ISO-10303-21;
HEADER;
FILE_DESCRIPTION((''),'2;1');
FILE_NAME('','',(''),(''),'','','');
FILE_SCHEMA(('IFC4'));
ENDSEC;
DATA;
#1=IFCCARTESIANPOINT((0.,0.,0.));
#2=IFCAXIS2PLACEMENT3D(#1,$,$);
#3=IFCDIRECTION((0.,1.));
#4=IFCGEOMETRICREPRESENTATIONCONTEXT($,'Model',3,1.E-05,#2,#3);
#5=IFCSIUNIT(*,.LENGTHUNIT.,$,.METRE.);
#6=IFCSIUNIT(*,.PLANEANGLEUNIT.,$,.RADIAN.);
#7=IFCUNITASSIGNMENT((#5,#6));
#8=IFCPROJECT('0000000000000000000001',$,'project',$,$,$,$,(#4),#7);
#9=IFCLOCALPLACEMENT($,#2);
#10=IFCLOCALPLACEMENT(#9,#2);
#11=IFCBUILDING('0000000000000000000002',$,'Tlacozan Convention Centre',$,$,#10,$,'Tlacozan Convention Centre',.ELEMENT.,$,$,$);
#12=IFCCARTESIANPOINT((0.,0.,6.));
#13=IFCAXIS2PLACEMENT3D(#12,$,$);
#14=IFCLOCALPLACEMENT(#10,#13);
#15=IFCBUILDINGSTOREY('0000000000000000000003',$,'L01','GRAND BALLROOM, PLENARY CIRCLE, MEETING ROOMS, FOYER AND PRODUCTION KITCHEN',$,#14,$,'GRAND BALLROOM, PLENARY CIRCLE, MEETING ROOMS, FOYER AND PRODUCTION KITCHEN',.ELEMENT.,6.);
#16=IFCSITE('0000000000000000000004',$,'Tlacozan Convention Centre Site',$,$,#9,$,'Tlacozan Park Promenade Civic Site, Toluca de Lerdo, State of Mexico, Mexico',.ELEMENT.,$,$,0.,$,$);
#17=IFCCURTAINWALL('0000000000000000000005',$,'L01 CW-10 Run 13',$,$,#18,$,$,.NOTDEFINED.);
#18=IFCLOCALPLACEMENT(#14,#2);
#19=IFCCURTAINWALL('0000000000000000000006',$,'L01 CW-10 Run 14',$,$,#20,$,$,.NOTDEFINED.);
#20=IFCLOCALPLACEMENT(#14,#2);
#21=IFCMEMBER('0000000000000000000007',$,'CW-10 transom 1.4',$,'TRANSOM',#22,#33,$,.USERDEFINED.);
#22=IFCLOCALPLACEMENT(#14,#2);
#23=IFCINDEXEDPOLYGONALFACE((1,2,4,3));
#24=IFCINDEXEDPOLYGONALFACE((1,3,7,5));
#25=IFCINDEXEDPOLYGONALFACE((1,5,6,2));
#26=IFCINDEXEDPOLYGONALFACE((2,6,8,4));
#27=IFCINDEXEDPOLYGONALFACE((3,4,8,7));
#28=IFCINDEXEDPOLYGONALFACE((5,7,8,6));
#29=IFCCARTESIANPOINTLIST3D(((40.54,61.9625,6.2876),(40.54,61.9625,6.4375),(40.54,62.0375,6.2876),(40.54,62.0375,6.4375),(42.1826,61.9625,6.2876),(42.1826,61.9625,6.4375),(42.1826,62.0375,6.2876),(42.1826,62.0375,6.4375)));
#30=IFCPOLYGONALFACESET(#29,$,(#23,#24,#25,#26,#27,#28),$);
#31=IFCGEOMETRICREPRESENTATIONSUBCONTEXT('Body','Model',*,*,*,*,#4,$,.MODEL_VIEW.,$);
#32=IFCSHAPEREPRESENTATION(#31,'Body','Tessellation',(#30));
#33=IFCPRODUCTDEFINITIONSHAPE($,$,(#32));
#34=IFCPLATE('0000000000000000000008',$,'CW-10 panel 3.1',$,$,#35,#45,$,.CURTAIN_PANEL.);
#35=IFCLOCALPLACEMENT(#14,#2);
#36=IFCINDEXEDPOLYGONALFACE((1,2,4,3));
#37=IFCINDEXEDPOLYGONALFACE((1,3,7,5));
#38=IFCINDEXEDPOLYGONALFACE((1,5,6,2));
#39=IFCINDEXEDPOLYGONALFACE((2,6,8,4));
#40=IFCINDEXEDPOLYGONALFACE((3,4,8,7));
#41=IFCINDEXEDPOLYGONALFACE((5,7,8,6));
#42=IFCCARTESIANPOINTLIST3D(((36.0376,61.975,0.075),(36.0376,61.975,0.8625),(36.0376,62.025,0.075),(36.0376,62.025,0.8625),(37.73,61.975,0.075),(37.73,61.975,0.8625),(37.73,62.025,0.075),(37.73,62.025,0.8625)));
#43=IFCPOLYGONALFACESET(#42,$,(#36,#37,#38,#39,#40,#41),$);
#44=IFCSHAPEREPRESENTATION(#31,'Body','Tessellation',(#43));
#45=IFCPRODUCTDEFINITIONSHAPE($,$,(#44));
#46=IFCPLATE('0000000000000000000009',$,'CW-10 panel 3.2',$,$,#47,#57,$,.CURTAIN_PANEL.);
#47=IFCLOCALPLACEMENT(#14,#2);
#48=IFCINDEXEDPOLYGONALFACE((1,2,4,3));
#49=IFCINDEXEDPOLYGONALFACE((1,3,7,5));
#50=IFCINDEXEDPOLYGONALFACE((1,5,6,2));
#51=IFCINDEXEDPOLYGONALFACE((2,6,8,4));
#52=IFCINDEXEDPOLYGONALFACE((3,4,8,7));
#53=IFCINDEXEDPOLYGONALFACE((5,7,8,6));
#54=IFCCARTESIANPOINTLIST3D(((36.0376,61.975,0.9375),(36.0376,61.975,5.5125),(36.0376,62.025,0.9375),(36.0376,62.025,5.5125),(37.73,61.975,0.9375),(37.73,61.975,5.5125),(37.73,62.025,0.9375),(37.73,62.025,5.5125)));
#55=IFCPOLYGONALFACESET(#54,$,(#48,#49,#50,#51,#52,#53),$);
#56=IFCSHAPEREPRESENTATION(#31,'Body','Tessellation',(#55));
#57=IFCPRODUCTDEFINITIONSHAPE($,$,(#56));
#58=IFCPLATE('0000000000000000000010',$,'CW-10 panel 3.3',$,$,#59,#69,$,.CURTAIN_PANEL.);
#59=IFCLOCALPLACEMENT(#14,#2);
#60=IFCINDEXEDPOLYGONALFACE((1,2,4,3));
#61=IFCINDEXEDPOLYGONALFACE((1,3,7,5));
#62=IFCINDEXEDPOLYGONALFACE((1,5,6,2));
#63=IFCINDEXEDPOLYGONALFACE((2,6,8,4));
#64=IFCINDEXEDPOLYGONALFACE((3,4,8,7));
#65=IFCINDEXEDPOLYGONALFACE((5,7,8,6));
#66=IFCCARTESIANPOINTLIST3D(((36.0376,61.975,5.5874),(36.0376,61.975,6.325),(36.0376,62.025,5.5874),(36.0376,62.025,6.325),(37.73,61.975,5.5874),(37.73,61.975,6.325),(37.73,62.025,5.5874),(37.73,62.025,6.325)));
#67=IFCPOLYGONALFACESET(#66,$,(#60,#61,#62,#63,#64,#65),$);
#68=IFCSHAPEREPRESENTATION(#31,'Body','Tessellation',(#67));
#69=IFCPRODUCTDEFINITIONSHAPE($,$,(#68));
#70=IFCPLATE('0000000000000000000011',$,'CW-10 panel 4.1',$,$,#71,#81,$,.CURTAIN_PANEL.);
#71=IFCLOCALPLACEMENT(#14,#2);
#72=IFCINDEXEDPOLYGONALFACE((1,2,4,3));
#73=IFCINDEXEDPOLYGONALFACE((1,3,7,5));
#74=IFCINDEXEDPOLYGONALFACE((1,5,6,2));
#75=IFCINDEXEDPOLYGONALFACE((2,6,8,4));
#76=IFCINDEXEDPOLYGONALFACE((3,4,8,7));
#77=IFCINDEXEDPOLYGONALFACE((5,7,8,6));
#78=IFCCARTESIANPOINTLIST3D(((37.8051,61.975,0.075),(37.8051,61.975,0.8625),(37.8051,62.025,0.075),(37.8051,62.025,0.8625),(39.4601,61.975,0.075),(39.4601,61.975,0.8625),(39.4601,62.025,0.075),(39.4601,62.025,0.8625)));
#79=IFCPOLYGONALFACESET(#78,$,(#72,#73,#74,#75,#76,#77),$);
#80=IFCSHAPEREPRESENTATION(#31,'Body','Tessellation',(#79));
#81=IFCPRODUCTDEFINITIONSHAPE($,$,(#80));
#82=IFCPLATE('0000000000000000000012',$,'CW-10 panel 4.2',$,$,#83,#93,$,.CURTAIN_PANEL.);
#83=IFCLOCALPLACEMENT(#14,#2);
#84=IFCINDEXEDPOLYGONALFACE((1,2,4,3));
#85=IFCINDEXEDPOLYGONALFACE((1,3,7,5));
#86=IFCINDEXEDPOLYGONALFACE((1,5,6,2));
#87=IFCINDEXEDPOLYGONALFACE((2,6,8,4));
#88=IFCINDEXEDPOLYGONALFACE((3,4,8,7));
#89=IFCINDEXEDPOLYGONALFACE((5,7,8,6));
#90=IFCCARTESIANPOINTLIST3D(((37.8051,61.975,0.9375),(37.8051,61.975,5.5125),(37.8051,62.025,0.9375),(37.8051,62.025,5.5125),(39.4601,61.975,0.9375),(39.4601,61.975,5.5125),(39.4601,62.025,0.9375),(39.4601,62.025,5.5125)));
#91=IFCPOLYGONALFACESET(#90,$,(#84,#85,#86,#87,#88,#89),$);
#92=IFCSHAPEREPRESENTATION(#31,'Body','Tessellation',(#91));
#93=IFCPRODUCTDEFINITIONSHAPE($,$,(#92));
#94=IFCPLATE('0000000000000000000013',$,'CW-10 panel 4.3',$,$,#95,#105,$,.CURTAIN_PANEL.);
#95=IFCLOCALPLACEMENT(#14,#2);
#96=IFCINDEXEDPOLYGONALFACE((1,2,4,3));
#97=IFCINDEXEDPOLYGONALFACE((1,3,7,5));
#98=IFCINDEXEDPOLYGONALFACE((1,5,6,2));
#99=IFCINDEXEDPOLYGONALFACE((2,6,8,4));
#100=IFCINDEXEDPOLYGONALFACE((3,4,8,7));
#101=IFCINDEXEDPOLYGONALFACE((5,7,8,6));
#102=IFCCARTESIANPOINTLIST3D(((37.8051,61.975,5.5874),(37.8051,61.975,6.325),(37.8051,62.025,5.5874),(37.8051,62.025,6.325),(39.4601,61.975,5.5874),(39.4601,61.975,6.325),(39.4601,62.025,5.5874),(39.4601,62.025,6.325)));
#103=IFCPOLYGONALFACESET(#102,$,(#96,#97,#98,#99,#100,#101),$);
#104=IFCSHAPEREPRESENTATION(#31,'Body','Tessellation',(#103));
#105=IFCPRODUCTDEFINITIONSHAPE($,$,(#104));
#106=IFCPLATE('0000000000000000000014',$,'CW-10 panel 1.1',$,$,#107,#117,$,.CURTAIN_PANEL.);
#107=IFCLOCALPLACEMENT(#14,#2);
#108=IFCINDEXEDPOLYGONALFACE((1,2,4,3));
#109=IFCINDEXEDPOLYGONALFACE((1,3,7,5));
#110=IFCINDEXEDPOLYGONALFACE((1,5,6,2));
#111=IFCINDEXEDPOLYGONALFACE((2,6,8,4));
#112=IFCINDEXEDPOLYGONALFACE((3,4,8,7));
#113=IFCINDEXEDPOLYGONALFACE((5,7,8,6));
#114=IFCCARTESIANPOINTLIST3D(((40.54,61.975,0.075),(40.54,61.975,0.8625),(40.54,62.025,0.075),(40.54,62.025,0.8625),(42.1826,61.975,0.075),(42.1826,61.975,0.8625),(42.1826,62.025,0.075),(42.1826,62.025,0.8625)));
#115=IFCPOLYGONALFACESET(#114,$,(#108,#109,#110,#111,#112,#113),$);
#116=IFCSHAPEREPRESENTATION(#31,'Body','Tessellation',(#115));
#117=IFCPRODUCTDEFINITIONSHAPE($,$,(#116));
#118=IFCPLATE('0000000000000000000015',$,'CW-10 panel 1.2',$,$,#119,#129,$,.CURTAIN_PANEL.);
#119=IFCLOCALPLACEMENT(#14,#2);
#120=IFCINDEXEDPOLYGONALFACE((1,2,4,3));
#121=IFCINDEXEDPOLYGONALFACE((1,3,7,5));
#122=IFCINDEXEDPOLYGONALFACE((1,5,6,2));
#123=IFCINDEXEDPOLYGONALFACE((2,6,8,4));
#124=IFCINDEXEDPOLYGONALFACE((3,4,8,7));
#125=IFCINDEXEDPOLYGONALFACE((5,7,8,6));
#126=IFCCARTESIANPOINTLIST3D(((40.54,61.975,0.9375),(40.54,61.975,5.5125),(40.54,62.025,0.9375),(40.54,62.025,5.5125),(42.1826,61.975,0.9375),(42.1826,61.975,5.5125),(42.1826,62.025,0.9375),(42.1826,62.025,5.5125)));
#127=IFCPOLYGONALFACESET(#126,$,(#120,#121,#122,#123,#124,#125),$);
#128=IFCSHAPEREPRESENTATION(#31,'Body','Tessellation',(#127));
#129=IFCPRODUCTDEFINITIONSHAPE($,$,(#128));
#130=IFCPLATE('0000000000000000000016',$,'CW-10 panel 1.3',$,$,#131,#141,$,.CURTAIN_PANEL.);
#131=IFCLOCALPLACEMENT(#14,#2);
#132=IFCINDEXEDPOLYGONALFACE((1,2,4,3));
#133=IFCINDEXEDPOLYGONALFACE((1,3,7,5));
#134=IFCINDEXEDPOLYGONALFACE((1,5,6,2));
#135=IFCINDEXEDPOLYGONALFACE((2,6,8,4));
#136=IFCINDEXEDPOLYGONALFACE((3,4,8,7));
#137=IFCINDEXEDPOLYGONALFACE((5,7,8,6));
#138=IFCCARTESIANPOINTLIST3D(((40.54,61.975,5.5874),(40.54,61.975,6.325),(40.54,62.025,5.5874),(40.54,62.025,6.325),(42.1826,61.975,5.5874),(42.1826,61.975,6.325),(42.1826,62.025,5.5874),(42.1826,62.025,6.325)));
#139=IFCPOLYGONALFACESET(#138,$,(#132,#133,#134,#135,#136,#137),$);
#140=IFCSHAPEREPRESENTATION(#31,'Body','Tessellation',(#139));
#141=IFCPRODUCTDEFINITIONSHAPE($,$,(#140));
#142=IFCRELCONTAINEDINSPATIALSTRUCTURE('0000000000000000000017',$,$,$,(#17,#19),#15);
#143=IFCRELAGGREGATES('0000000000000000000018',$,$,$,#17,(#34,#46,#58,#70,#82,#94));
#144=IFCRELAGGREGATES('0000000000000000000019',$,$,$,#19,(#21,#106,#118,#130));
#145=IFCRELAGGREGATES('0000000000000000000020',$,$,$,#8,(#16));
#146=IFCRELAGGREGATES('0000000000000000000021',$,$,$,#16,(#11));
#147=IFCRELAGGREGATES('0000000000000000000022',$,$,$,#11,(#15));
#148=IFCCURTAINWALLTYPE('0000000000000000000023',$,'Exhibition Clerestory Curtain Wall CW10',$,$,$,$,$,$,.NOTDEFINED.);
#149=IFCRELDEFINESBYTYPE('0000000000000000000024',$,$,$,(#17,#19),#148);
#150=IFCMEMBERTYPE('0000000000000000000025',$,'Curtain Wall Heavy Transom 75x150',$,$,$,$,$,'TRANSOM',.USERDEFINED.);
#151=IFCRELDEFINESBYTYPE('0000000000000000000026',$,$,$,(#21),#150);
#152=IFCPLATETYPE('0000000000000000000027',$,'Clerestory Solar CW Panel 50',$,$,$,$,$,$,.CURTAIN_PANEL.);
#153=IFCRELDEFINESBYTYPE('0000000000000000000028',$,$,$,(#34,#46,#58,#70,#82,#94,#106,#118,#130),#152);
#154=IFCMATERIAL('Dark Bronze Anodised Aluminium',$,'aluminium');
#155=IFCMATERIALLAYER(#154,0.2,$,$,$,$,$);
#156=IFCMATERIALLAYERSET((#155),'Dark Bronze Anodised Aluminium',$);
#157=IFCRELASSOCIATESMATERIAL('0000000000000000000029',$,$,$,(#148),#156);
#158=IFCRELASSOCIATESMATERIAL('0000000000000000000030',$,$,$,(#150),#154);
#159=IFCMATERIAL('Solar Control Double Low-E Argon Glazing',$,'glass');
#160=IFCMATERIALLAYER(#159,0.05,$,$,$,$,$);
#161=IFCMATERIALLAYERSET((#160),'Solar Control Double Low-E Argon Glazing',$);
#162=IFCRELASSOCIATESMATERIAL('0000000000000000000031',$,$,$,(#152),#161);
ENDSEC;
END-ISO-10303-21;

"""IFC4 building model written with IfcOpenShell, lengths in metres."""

from ifc_helpers import new_model, si_unit, direction, frame, origin, origin_2d, place, context, subcontext, project, spatial, rectangle, extrude, material, layer, layer_set, material_profile, profile_set, type_object, element, aggregate, save


model = new_model("IFC4")

# Units and contexts
model_context = context("Model", 3, precision=1e-05, world=origin(), true_north=direction((0.0, 1.0)))
body_context = subcontext(model_context, "Body", "Model", "MODEL_VIEW")
ifc_project = project(units=[si_unit("LENGTHUNIT", "METRE"), si_unit("PLANEANGLEUNIT", "RADIAN")], contexts=[model_context])

# Site, building, storey
site_placement = place(None, origin())
site = spatial("IfcSite", under=ifc_project, at=site_placement, Name="Tlacozan Convention Centre Site", LongName="Tlacozan Park Promenade Civic Site, Toluca de Lerdo, State of Mexico, Mexico", CompositionType="ELEMENT", RefElevation=0.0)
building_placement = place(site_placement, origin())
building = spatial("IfcBuilding", under=site, at=building_placement, Name="Tlacozan Convention Centre", LongName="Tlacozan Convention Centre", CompositionType="ELEMENT")
storey_placement = place(building_placement, frame((0.0, 0.0, 6.0)))
storey = spatial("IfcBuildingStorey", under=building, at=storey_placement, Name="L01", Description="GRAND BALLROOM, PLENARY CIRCLE, MEETING ROOMS, FOYER AND PRODUCTION KITCHEN", LongName="GRAND BALLROOM, PLENARY CIRCLE, MEETING ROOMS, FOYER AND PRODUCTION KITCHEN", CompositionType="ELEMENT", Elevation=6.0)

# Curtain wall
ifc_material_1 = material(Name="Dark Bronze Anodised Aluminium", Category="aluminium")
ifc_layer_1 = layer(ifc_material_1, 0.2)
ifc_layer_set_1 = layer_set([ifc_layer_1], Name="Dark Bronze Anodised Aluminium")
curtain_wall_type = type_object("IfcCurtainWallType", Name="Exhibition Clerestory Curtain Wall CW10", PredefinedType="NOTDEFINED", material=ifc_layer_set_1)
curtain_wall_1_placement = place(storey_placement, origin())
curtain_wall_1 = element("IfcCurtainWall", 1, at=curtain_wall_1_placement, inside=storey, type_object=curtain_wall_type, Name="L01 CW-10 Run 13", PredefinedType="NOTDEFINED")

# Curtain wall
curtain_wall_2_placement = place(storey_placement, origin())
curtain_wall_2 = element("IfcCurtainWall", 2, at=curtain_wall_2_placement, inside=storey, type_object=curtain_wall_type, Name="L01 CW-10 Run 14", PredefinedType="NOTDEFINED")

# Member
ifc_material_profile_1 = material_profile(ifc_material_1, rectangle(XDim=0.075, YDim=0.1499, at=origin_2d()), Name="ALU 75x150")
ifc_profile_set_1 = profile_set([ifc_material_profile_1], Name="Dark Bronze Anodised Aluminium")
member_type_1 = type_object("IfcMemberType", Name="Curtain Wall Heavy Transom 75x150", ElementType="TRANSOM", PredefinedType="USERDEFINED", material=ifc_profile_set_1)
member_1_placement = place(storey_placement, frame((40.54, 62.0, 6.3625), z_axis=(1.0, 0.0, 0.0), x_axis=(0.0, 1.0, 0.0)))
member_1 = element("IfcMember", 3, at=member_1_placement, type_object=member_type_1, Name="CW-10 transom 1.4", ObjectType="TRANSOM", PredefinedType="USERDEFINED", context=body_context, shape_type="SweptSolid", body=[
    extrude(rectangle(XDim=0.075, YDim=0.1499, at=origin_2d()), origin(), (0.0, 0.0, 1.0), 1.6426),
])

# Plates
ifc_material_2 = material(Name="Solar Control Double Low-E Argon Glazing", Category="glass")
ifc_layer_2 = layer(ifc_material_2, 0.05)
ifc_layer_set_2 = layer_set([ifc_layer_2], Name="Solar Control Double Low-E Argon Glazing")
plate_type = type_object("IfcPlateType", Name="Clerestory Solar CW Panel 50", PredefinedType="CURTAIN_PANEL", material=ifc_layer_set_2)
plate_1_placement = place(storey_placement, frame((36.8838, 62.0, 0.075), z_axis=(0.0, 0.0, 1.0), x_axis=(1.0, 0.0, 0.0)))
plate_1 = element("IfcPlate", 4, at=plate_1_placement, type_object=plate_type, Name="CW-10 panel 3.1", PredefinedType="CURTAIN_PANEL", context=body_context, shape_type="SweptSolid", body=[
    extrude(rectangle(XDim=1.6924, YDim=0.05, at=origin_2d()), origin(), (0.0, 0.0, 1.0), 0.7876),
])
plate_2_placement = place(storey_placement, frame((36.8838, 62.0, 0.9375), z_axis=(0.0, 0.0, 1.0), x_axis=(1.0, 0.0, 0.0)))
plate_2 = element("IfcPlate", 5, at=plate_2_placement, type_object=plate_type, Name="CW-10 panel 3.2", PredefinedType="CURTAIN_PANEL", context=body_context, shape_type="SweptSolid", body=[
    extrude(rectangle(XDim=1.6924, YDim=0.05, at=origin_2d()), origin(), (0.0, 0.0, 1.0), 4.575),
])
plate_3_placement = place(storey_placement, frame((36.8838, 62.0, 5.5874), z_axis=(0.0, 0.0, 1.0), x_axis=(1.0, 0.0, 0.0)))
plate_3 = element("IfcPlate", 6, at=plate_3_placement, type_object=plate_type, Name="CW-10 panel 3.3", PredefinedType="CURTAIN_PANEL", context=body_context, shape_type="SweptSolid", body=[
    extrude(rectangle(XDim=1.6924, YDim=0.05, at=origin_2d()), origin(), (0.0, 0.0, 1.0), 0.7375),
])
plate_4_placement = place(storey_placement, frame((38.6326, 62.0, 0.075), z_axis=(0.0, 0.0, 1.0), x_axis=(1.0, 0.0, 0.0)))
plate_4 = element("IfcPlate", 7, at=plate_4_placement, type_object=plate_type, Name="CW-10 panel 4.1", PredefinedType="CURTAIN_PANEL", context=body_context, shape_type="SweptSolid", body=[
    extrude(rectangle(XDim=1.655, YDim=0.05, at=origin_2d()), origin(), (0.0, 0.0, 1.0), 0.7876),
])
plate_5_placement = place(storey_placement, frame((38.6326, 62.0, 0.9375), z_axis=(0.0, 0.0, 1.0), x_axis=(1.0, 0.0, 0.0)))
plate_5 = element("IfcPlate", 8, at=plate_5_placement, type_object=plate_type, Name="CW-10 panel 4.2", PredefinedType="CURTAIN_PANEL", context=body_context, shape_type="SweptSolid", body=[
    extrude(rectangle(XDim=1.655, YDim=0.05, at=origin_2d()), origin(), (0.0, 0.0, 1.0), 4.575),
])
plate_6_placement = place(storey_placement, frame((38.6326, 62.0, 5.5874), z_axis=(0.0, 0.0, 1.0), x_axis=(1.0, 0.0, 0.0)))
plate_6 = element("IfcPlate", 9, at=plate_6_placement, type_object=plate_type, Name="CW-10 panel 4.3", PredefinedType="CURTAIN_PANEL", context=body_context, shape_type="SweptSolid", body=[
    extrude(rectangle(XDim=1.655, YDim=0.05, at=origin_2d()), origin(), (0.0, 0.0, 1.0), 0.7375),
])
aggregate(curtain_wall_1, [plate_1, plate_2, plate_3, plate_4, plate_5, plate_6])
plate_7_placement = place(storey_placement, frame((41.3613, 62.0, 0.075), z_axis=(0.0, 0.0, 1.0), x_axis=(1.0, 0.0, 0.0)))
plate_7 = element("IfcPlate", 10, at=plate_7_placement, type_object=plate_type, Name="CW-10 panel 1.1", PredefinedType="CURTAIN_PANEL", context=body_context, shape_type="SweptSolid", body=[
    extrude(rectangle(XDim=1.6426, YDim=0.05, at=origin_2d()), origin(), (0.0, 0.0, 1.0), 0.7876),
])
plate_8_placement = place(storey_placement, frame((41.3613, 62.0, 0.9375), z_axis=(0.0, 0.0, 1.0), x_axis=(1.0, 0.0, 0.0)))
plate_8 = element("IfcPlate", 11, at=plate_8_placement, type_object=plate_type, Name="CW-10 panel 1.2", PredefinedType="CURTAIN_PANEL", context=body_context, shape_type="SweptSolid", body=[
    extrude(rectangle(XDim=1.6426, YDim=0.05, at=origin_2d()), origin(), (0.0, 0.0, 1.0), 4.575),
])
plate_9_placement = place(storey_placement, frame((41.3613, 62.0, 5.5874), z_axis=(0.0, 0.0, 1.0), x_axis=(1.0, 0.0, 0.0)))
plate_9 = element("IfcPlate", 12, at=plate_9_placement, type_object=plate_type, Name="CW-10 panel 1.3", PredefinedType="CURTAIN_PANEL", context=body_context, shape_type="SweptSolid", body=[
    extrude(rectangle(XDim=1.6426, YDim=0.05, at=origin_2d()), origin(), (0.0, 0.0, 1.0), 0.7375),
])
aggregate(curtain_wall_2, [member_1, plate_7, plate_8, plate_9])

save(model, "model.ifc")
